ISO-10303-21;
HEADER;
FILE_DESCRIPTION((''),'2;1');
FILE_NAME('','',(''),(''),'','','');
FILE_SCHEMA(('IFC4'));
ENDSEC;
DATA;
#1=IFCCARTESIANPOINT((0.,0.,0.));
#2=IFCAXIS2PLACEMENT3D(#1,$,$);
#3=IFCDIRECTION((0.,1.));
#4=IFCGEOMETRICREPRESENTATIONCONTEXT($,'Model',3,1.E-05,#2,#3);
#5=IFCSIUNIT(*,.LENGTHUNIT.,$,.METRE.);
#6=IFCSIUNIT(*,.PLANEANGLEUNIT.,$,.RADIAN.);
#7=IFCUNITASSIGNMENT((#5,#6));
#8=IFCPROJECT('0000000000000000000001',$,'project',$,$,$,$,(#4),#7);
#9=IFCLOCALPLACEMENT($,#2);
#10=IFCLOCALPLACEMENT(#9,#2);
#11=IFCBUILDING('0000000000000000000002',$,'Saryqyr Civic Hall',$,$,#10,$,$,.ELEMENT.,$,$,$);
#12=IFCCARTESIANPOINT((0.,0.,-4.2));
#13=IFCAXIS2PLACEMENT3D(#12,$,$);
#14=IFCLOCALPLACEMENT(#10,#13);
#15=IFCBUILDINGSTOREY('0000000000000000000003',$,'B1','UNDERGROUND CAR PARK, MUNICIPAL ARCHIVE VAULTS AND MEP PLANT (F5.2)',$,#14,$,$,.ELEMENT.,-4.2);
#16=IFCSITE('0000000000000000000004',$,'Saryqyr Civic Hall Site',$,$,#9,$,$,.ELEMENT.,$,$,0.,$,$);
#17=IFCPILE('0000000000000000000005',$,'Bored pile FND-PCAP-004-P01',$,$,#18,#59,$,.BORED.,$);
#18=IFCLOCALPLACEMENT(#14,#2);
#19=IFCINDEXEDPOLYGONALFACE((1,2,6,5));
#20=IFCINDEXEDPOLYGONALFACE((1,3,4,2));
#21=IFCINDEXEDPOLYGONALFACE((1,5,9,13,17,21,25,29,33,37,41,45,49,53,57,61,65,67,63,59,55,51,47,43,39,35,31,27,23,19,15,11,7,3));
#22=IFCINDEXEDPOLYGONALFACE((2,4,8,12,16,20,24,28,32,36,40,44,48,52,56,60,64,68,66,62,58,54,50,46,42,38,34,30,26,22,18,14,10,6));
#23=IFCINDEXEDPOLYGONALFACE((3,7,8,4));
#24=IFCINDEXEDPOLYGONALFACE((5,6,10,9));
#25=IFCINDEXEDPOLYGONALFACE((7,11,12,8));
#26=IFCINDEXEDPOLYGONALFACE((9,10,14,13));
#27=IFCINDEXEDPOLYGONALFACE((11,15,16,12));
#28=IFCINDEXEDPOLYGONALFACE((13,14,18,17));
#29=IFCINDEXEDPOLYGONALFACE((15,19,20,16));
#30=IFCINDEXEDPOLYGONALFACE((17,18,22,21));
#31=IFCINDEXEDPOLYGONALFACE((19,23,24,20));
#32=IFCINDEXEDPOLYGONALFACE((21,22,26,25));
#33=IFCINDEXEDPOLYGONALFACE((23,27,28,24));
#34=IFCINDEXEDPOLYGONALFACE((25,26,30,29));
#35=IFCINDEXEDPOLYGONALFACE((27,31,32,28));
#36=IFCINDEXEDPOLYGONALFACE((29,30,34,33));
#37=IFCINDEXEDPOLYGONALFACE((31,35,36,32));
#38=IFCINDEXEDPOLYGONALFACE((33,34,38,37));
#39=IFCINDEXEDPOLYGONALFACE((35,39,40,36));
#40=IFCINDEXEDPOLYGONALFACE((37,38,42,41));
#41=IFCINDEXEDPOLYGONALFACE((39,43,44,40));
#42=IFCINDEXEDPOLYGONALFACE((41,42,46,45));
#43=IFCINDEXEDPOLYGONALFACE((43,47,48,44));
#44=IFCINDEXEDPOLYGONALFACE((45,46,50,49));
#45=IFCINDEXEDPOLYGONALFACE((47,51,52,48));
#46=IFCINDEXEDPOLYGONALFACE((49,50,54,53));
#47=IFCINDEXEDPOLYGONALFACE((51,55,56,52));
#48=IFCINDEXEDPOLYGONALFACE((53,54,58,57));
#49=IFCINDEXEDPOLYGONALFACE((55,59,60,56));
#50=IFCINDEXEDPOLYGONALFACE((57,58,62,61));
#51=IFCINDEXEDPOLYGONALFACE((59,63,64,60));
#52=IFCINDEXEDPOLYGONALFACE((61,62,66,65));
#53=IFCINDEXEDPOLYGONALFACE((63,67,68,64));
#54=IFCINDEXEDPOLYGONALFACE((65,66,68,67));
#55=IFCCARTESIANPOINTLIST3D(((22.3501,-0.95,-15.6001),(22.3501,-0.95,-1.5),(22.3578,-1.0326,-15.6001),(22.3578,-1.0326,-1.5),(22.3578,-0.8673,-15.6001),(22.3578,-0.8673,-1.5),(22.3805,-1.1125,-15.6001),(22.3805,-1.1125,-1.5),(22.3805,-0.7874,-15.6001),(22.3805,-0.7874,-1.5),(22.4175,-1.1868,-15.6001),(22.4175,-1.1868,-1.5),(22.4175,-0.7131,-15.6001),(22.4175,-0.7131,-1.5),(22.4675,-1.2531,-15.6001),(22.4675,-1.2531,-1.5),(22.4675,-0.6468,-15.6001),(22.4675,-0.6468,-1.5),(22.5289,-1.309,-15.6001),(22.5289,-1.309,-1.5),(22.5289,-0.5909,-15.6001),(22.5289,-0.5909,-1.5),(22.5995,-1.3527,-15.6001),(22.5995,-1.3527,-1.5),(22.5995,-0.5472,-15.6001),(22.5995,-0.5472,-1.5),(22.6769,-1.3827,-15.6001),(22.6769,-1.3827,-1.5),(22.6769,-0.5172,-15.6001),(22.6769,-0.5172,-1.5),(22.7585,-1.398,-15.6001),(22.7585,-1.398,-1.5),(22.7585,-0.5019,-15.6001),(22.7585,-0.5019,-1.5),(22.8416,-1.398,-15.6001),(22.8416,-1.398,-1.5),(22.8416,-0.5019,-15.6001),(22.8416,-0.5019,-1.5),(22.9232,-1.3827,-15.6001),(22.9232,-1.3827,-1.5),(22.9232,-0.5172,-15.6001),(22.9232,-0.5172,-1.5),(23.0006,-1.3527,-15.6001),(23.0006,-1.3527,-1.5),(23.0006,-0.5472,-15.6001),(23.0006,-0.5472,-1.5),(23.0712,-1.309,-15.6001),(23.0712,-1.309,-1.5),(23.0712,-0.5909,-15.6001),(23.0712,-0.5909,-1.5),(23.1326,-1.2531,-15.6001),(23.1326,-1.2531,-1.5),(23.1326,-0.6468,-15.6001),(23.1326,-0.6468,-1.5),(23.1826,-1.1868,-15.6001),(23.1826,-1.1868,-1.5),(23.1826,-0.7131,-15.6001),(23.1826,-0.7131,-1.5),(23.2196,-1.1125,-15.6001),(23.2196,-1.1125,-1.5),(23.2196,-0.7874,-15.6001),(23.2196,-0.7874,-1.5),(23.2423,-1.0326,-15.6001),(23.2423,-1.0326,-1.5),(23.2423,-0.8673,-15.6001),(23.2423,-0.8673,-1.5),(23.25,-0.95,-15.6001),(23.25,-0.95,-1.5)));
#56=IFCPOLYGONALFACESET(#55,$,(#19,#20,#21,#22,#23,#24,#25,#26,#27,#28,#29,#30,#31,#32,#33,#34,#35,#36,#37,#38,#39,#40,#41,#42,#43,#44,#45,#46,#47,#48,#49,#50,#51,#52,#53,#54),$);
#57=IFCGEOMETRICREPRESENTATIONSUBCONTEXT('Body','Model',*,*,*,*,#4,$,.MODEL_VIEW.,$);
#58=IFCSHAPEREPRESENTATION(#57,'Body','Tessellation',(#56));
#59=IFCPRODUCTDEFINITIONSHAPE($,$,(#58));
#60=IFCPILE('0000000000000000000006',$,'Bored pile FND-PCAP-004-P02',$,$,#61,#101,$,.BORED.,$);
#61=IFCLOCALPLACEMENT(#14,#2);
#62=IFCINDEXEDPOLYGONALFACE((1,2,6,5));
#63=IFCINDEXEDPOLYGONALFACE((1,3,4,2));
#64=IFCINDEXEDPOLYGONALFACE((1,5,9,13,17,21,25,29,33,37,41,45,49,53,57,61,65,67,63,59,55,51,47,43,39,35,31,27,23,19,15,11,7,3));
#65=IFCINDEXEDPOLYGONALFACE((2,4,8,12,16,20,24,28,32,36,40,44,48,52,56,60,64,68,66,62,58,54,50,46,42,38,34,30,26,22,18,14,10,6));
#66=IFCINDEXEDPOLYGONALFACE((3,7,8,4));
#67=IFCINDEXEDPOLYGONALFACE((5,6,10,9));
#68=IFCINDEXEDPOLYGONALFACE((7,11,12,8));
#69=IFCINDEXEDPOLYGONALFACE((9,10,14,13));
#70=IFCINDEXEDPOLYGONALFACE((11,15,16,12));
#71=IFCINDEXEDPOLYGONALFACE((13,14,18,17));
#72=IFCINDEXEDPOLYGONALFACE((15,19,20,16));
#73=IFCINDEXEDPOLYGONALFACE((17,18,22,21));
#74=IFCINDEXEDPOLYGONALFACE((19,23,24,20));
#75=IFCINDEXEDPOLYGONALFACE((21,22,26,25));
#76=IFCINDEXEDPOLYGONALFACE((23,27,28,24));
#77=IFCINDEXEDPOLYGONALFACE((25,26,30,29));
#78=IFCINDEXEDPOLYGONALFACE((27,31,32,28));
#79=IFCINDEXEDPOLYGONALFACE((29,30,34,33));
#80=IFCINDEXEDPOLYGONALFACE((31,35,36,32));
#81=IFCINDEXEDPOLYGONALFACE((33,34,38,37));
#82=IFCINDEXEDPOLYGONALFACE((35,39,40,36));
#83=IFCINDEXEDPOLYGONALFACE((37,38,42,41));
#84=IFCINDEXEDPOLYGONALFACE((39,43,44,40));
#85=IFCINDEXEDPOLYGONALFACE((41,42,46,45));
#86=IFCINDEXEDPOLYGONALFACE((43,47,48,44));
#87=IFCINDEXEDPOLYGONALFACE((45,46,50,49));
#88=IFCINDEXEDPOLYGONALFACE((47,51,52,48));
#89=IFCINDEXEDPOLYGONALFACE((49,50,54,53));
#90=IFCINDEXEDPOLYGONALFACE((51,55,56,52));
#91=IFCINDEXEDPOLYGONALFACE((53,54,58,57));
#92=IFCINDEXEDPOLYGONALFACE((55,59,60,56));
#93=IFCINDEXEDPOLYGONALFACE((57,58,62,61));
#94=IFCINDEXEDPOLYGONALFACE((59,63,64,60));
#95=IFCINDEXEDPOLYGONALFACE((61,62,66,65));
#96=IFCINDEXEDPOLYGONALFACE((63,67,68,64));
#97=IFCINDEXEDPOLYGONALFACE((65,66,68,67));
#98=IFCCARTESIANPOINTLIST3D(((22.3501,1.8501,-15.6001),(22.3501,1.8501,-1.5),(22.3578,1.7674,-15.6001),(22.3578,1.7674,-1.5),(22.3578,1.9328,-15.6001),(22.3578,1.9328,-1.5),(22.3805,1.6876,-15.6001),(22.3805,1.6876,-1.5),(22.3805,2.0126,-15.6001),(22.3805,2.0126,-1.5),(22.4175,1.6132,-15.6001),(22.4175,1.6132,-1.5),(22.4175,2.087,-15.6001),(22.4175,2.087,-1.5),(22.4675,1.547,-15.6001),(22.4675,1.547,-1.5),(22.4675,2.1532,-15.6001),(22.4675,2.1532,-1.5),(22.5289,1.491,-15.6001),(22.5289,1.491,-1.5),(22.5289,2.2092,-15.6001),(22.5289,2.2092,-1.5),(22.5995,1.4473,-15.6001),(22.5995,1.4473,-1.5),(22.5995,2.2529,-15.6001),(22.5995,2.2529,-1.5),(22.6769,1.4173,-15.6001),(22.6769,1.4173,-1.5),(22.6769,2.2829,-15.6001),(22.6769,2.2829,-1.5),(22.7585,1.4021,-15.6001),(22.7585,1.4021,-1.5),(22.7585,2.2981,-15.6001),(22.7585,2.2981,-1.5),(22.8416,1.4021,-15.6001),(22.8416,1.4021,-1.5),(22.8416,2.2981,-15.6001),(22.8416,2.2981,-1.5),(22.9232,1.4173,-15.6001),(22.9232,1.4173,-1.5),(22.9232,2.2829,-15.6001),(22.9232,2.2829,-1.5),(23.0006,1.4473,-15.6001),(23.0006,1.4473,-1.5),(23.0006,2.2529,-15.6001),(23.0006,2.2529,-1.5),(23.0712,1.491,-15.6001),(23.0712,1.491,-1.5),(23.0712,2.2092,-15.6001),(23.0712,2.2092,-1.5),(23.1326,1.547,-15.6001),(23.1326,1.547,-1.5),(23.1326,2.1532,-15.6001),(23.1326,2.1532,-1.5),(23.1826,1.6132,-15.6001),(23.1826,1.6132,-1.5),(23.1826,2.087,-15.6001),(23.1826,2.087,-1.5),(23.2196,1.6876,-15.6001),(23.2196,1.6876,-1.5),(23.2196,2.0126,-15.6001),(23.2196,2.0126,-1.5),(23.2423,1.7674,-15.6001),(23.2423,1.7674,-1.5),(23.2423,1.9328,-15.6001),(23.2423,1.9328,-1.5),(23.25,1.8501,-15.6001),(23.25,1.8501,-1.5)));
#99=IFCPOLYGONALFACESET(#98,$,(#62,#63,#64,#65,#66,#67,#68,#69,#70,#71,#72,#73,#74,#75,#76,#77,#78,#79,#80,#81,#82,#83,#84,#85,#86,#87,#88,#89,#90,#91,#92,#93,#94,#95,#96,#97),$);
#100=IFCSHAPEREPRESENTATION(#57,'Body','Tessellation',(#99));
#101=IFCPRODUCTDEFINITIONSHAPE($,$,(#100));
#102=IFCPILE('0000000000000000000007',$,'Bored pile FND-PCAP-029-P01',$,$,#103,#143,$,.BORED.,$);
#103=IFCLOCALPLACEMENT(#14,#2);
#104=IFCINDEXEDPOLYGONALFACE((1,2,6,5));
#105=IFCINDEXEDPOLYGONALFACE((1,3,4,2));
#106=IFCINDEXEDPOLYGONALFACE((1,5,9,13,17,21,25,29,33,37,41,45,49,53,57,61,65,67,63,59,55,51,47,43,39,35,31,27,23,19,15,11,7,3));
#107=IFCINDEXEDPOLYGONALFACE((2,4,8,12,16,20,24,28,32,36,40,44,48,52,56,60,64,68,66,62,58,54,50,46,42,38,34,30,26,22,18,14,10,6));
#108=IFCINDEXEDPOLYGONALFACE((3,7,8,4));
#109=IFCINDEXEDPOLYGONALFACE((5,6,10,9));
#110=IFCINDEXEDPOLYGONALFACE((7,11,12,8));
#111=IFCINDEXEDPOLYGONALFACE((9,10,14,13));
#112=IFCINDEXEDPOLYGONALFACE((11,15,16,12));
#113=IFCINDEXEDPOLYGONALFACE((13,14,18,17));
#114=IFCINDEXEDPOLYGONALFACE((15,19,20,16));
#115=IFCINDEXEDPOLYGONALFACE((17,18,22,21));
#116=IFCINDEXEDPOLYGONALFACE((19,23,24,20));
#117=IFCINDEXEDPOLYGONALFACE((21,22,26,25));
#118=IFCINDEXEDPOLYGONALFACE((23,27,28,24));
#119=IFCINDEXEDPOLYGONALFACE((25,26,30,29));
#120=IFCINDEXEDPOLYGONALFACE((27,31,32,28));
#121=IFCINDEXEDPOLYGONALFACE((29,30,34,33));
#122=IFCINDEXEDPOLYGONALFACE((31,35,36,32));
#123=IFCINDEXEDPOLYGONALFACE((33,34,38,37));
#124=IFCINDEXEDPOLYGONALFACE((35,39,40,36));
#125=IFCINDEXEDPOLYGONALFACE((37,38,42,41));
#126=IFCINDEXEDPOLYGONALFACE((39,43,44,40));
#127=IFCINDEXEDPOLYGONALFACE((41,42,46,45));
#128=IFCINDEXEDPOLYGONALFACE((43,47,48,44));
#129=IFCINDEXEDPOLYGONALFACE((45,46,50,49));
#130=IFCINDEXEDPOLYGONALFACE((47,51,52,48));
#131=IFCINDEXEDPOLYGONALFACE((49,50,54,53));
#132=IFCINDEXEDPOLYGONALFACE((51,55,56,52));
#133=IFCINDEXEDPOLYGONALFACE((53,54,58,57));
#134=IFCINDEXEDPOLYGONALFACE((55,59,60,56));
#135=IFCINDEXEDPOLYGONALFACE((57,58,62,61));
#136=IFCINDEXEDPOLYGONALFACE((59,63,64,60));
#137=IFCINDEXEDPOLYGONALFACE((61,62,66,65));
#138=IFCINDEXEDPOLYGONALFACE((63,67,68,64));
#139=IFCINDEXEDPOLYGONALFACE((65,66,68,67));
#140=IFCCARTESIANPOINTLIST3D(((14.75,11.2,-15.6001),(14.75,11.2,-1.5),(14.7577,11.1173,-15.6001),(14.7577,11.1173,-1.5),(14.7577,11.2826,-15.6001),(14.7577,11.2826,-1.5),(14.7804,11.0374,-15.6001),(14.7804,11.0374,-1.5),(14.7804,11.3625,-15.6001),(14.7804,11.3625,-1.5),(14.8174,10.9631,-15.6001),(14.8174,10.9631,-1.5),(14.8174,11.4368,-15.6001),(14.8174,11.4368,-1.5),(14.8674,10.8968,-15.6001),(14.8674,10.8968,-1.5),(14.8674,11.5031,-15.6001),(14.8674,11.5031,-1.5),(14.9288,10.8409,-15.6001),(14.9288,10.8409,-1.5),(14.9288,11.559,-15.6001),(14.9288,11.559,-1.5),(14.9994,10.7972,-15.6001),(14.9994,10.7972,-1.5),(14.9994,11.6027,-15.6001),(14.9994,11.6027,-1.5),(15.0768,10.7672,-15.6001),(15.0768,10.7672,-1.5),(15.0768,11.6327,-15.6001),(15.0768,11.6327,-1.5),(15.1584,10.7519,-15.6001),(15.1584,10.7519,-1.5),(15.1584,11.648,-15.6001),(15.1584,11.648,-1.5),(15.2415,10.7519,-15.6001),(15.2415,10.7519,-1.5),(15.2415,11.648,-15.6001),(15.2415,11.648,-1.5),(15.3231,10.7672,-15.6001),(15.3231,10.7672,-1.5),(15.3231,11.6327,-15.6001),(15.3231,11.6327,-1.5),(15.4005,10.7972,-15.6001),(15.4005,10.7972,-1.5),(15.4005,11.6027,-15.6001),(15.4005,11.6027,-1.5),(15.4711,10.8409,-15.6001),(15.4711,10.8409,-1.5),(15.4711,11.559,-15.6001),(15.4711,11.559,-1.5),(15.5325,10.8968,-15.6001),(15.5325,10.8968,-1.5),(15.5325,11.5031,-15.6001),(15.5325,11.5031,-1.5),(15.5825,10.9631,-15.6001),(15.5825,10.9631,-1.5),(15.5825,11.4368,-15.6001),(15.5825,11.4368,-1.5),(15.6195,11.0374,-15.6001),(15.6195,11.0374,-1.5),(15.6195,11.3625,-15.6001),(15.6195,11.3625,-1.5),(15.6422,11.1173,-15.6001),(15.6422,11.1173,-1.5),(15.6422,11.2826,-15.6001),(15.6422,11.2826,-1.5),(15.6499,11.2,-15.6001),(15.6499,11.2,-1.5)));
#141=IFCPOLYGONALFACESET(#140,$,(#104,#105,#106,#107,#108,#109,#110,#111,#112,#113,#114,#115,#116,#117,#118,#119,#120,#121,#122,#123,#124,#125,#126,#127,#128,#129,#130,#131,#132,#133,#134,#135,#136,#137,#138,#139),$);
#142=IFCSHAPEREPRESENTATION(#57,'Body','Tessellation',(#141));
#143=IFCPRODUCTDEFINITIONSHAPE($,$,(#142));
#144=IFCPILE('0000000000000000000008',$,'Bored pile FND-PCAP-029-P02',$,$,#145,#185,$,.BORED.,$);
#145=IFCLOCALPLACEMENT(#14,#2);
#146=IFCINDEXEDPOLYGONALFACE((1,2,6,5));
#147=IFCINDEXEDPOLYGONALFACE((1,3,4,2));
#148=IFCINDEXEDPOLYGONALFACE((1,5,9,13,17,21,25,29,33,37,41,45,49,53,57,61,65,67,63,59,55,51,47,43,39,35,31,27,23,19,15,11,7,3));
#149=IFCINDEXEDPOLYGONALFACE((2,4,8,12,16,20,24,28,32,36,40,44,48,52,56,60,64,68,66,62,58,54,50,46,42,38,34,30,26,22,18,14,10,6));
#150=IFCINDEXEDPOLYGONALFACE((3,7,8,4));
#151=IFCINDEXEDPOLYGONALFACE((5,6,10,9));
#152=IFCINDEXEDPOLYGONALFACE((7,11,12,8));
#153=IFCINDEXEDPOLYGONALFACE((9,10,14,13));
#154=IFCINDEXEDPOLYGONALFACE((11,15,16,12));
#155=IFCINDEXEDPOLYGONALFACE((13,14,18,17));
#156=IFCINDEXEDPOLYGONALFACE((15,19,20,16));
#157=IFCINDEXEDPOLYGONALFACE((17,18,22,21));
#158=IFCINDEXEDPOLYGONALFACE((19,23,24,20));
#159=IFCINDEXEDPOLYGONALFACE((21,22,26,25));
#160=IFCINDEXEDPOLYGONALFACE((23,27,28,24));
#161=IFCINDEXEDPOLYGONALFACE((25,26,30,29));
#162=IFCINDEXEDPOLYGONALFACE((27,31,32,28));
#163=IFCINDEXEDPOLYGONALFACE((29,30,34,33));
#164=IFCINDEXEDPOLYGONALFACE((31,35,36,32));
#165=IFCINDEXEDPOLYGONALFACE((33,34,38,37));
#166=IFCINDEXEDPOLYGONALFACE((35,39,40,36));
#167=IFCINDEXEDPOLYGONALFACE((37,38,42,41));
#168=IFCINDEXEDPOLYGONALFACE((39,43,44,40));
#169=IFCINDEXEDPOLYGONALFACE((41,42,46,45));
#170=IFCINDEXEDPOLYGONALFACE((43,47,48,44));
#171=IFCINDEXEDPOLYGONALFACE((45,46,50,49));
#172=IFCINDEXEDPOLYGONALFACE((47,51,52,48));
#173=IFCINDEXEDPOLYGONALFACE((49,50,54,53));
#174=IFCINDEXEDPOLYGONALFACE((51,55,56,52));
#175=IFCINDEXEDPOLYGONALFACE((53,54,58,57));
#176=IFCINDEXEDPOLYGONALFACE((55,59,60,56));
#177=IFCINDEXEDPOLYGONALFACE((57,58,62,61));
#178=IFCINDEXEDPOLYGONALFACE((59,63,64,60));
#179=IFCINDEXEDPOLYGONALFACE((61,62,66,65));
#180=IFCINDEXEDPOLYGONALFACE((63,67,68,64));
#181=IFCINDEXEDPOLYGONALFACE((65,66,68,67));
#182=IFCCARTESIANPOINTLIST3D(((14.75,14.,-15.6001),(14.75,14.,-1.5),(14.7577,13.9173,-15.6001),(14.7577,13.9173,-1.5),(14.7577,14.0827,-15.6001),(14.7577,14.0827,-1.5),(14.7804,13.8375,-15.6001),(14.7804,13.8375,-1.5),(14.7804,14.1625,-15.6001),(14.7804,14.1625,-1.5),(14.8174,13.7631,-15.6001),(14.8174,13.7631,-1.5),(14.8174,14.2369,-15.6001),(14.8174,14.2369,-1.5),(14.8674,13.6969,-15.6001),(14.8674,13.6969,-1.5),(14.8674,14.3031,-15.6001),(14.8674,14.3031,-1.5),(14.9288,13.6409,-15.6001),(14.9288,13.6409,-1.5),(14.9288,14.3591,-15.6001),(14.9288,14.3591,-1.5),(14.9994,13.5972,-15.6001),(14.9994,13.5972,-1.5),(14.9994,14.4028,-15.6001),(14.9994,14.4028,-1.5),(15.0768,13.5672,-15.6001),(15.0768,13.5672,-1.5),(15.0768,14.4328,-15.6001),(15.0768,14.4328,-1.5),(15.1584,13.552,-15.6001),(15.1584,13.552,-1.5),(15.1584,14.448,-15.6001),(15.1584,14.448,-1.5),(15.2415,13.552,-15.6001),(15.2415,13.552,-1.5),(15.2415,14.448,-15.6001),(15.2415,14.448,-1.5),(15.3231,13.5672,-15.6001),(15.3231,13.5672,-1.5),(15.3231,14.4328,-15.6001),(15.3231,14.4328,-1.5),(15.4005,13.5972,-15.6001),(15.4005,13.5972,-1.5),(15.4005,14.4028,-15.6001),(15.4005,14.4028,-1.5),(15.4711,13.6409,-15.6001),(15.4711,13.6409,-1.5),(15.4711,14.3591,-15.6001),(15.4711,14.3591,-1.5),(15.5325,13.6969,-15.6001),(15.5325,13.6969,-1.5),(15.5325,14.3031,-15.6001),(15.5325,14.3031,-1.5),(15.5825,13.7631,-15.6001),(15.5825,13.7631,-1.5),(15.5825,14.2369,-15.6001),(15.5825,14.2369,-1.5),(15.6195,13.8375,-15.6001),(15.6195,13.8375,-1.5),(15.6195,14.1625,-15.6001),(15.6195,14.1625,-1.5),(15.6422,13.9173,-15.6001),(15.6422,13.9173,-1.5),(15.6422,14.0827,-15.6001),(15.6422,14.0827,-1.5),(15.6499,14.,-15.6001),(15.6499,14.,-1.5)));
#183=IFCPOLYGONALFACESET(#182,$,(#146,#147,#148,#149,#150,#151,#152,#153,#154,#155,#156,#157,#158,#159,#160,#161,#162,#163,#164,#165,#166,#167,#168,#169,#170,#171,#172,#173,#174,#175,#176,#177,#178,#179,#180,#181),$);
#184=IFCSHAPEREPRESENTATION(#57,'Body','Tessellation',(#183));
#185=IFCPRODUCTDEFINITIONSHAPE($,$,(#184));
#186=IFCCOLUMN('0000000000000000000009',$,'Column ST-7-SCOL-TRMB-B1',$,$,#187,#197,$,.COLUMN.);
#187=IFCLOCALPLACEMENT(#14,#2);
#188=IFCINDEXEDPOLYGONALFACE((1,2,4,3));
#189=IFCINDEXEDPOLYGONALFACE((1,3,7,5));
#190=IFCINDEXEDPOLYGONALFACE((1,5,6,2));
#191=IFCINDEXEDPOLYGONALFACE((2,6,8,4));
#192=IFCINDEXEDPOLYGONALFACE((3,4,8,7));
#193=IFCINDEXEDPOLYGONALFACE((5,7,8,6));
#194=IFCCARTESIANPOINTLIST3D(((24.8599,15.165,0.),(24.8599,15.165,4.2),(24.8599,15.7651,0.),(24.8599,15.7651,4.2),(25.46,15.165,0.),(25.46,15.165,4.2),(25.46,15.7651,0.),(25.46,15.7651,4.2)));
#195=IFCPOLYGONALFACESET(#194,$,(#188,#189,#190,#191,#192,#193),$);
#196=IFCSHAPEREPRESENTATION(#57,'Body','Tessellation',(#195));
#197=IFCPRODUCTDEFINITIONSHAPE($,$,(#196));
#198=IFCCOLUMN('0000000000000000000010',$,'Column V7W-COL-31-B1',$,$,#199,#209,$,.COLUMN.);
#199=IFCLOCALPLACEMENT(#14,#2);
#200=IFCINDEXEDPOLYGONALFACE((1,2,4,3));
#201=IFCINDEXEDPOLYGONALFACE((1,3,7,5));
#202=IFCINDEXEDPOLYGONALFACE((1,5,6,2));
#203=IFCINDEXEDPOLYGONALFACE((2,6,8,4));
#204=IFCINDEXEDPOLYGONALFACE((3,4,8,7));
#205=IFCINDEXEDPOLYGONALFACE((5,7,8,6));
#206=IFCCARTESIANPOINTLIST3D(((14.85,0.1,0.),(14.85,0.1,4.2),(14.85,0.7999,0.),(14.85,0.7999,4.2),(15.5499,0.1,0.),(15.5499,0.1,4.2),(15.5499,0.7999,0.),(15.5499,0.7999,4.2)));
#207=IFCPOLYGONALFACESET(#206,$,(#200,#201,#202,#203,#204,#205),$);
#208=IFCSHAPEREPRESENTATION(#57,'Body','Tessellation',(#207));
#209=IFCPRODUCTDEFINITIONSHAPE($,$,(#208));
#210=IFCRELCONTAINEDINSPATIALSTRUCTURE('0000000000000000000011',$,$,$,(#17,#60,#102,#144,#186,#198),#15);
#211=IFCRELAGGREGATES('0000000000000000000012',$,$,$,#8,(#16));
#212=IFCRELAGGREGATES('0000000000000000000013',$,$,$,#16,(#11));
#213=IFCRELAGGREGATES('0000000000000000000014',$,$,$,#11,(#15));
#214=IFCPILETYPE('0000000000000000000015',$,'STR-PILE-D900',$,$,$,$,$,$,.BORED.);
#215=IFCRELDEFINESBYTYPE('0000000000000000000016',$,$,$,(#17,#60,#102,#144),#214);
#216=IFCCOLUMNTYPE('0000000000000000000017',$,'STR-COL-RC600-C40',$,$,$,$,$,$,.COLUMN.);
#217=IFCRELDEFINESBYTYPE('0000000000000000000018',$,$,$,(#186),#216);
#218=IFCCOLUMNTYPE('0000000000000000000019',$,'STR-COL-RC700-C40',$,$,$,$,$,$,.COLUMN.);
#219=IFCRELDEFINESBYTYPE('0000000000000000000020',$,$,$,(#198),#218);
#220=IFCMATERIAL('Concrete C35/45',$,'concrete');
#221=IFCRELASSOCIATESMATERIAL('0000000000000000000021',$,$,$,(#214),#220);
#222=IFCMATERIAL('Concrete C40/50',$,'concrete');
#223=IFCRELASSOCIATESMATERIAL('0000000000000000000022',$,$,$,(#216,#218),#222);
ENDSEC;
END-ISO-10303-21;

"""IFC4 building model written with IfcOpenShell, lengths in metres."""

from ifc_helpers import new_model, si_unit, direction, frame, origin, origin_2d, place, context, subcontext, project, spatial, rectangle, circle, extrude, material, material_profile, profile_set, type_object, element, save


model = new_model("IFC4")

# Units and contexts
model_context = context("Model", 3, precision=1e-05, world=origin(), true_north=direction((0.0, 1.0)))
body_context = subcontext(model_context, "Body", "Model", "MODEL_VIEW")
ifc_project = project(units=[si_unit("LENGTHUNIT", "METRE"), si_unit("PLANEANGLEUNIT", "RADIAN")], contexts=[model_context])

# Site, building, storey
site_placement = place(None, origin())
site = spatial("IfcSite", under=ifc_project, at=site_placement, Name="Saryqyr Civic Hall Site", CompositionType="ELEMENT", RefElevation=0.0)
building_placement = place(site_placement, origin())
building = spatial("IfcBuilding", under=site, at=building_placement, Name="Saryqyr Civic Hall", CompositionType="ELEMENT")
storey_placement = place(building_placement, frame((0.0, 0.0, -4.2)))
storey = spatial("IfcBuildingStorey", under=building, at=storey_placement, Name="B1", Description="UNDERGROUND CAR PARK, MUNICIPAL ARCHIVE VAULTS AND MEP PLANT (F5.2)", CompositionType="ELEMENT", Elevation=-4.2)

# Shared definitions
ifc_material_1 = material(Name="Concrete C35/45", Category="concrete")

# Piles
ifc_material_profile_1 = material_profile(ifc_material_1, circle(Radius=0.45, at=origin_2d()), Name="BORED PILE D900")
ifc_profile_set_1 = profile_set([ifc_material_profile_1], Name="Concrete C35/45")
pile_type_1 = type_object("IfcPileType", Name="STR-PILE-D900", PredefinedType="BORED", material=ifc_profile_set_1)
for number, where, z_axis, x_axis, name in (
    (1, (22.8, -0.95, -1.5), (0.0, 0.0, -1.0), (1.0, 0.0, 0.0), "Bored pile FND-PCAP-004-P01"),
    (2, (22.8, 1.8501, -1.5), (0.0, 0.0, -1.0), (1.0, 0.0, 0.0), "Bored pile FND-PCAP-004-P02"),
    (3, (15.2, 11.2, -1.5), (0.0, 0.0, -1.0), (1.0, 0.0, 0.0), "Bored pile FND-PCAP-029-P01"),
    (4, (15.2, 14.0, -1.5), (0.0, 0.0, -1.0), (1.0, 0.0, 0.0), "Bored pile FND-PCAP-029-P02"),
):
    element("IfcPile", number, at=place(storey_placement, frame(where, z_axis=z_axis, x_axis=x_axis)), inside=storey, type_object=pile_type_1, Name=name, PredefinedType="BORED", context=body_context, shape_type="SweptSolid", body=[
        extrude(circle(Radius=0.45, at=origin_2d()), origin(), (0.0, 0.0, 1.0), 14.1001),
    ])

# Columns
ifc_material_2 = material(Name="Concrete C40/50", Category="concrete")
ifc_material_profile_2 = material_profile(ifc_material_2, rectangle(XDim=0.6001, YDim=0.6001, at=origin_2d()), Name="RC 600x600")
ifc_profile_set_2 = profile_set([ifc_material_profile_2], Name="Concrete C40/50")
column_type_1 = type_object("IfcColumnType", Name="STR-COL-RC600-C40", PredefinedType="COLUMN", material=ifc_profile_set_2)
column_placement = place(storey_placement, frame((25.1599, 15.4651, 0.0), z_axis=(0.0, 0.0, 1.0), x_axis=(1.0, 0.0, 0.0)))
element("IfcColumn", 5, at=column_placement, inside=storey, type_object=column_type_1, Name="Column ST-7-SCOL-TRMB-B1", PredefinedType="COLUMN", context=body_context, shape_type="SweptSolid", body=[
    extrude(rectangle(XDim=0.6001, YDim=0.6001, at=origin_2d()), origin(), (0.0, 0.0, 1.0), 4.2),
])
ifc_material_profile_3 = material_profile(ifc_material_2, rectangle(XDim=0.7, YDim=0.7, at=origin_2d()), Name="RC 700x700")
ifc_profile_set_3 = profile_set([ifc_material_profile_3], Name="Concrete C40/50")
column_type_2 = type_object("IfcColumnType", Name="STR-COL-RC700-C40", PredefinedType="COLUMN", material=ifc_profile_set_3)
for number, where, z_axis, x_axis, name in (
    (6, (15.2, 0.45, 0.0), (0.0, 0.0, 1.0), (1.0, 0.0, 0.0), "Column V7W-COL-31-B1"),
):
    element("IfcColumn", number, at=place(storey_placement, frame(where, z_axis=z_axis, x_axis=x_axis)), inside=storey, type_object=column_type_2, Name=name, PredefinedType="COLUMN", context=body_context, shape_type="SweptSolid", body=[
        extrude(rectangle(XDim=0.7, YDim=0.7, at=origin_2d()), origin(), (0.0, 0.0, 1.0), 4.2),
    ])

save(model, "model.ifc")
